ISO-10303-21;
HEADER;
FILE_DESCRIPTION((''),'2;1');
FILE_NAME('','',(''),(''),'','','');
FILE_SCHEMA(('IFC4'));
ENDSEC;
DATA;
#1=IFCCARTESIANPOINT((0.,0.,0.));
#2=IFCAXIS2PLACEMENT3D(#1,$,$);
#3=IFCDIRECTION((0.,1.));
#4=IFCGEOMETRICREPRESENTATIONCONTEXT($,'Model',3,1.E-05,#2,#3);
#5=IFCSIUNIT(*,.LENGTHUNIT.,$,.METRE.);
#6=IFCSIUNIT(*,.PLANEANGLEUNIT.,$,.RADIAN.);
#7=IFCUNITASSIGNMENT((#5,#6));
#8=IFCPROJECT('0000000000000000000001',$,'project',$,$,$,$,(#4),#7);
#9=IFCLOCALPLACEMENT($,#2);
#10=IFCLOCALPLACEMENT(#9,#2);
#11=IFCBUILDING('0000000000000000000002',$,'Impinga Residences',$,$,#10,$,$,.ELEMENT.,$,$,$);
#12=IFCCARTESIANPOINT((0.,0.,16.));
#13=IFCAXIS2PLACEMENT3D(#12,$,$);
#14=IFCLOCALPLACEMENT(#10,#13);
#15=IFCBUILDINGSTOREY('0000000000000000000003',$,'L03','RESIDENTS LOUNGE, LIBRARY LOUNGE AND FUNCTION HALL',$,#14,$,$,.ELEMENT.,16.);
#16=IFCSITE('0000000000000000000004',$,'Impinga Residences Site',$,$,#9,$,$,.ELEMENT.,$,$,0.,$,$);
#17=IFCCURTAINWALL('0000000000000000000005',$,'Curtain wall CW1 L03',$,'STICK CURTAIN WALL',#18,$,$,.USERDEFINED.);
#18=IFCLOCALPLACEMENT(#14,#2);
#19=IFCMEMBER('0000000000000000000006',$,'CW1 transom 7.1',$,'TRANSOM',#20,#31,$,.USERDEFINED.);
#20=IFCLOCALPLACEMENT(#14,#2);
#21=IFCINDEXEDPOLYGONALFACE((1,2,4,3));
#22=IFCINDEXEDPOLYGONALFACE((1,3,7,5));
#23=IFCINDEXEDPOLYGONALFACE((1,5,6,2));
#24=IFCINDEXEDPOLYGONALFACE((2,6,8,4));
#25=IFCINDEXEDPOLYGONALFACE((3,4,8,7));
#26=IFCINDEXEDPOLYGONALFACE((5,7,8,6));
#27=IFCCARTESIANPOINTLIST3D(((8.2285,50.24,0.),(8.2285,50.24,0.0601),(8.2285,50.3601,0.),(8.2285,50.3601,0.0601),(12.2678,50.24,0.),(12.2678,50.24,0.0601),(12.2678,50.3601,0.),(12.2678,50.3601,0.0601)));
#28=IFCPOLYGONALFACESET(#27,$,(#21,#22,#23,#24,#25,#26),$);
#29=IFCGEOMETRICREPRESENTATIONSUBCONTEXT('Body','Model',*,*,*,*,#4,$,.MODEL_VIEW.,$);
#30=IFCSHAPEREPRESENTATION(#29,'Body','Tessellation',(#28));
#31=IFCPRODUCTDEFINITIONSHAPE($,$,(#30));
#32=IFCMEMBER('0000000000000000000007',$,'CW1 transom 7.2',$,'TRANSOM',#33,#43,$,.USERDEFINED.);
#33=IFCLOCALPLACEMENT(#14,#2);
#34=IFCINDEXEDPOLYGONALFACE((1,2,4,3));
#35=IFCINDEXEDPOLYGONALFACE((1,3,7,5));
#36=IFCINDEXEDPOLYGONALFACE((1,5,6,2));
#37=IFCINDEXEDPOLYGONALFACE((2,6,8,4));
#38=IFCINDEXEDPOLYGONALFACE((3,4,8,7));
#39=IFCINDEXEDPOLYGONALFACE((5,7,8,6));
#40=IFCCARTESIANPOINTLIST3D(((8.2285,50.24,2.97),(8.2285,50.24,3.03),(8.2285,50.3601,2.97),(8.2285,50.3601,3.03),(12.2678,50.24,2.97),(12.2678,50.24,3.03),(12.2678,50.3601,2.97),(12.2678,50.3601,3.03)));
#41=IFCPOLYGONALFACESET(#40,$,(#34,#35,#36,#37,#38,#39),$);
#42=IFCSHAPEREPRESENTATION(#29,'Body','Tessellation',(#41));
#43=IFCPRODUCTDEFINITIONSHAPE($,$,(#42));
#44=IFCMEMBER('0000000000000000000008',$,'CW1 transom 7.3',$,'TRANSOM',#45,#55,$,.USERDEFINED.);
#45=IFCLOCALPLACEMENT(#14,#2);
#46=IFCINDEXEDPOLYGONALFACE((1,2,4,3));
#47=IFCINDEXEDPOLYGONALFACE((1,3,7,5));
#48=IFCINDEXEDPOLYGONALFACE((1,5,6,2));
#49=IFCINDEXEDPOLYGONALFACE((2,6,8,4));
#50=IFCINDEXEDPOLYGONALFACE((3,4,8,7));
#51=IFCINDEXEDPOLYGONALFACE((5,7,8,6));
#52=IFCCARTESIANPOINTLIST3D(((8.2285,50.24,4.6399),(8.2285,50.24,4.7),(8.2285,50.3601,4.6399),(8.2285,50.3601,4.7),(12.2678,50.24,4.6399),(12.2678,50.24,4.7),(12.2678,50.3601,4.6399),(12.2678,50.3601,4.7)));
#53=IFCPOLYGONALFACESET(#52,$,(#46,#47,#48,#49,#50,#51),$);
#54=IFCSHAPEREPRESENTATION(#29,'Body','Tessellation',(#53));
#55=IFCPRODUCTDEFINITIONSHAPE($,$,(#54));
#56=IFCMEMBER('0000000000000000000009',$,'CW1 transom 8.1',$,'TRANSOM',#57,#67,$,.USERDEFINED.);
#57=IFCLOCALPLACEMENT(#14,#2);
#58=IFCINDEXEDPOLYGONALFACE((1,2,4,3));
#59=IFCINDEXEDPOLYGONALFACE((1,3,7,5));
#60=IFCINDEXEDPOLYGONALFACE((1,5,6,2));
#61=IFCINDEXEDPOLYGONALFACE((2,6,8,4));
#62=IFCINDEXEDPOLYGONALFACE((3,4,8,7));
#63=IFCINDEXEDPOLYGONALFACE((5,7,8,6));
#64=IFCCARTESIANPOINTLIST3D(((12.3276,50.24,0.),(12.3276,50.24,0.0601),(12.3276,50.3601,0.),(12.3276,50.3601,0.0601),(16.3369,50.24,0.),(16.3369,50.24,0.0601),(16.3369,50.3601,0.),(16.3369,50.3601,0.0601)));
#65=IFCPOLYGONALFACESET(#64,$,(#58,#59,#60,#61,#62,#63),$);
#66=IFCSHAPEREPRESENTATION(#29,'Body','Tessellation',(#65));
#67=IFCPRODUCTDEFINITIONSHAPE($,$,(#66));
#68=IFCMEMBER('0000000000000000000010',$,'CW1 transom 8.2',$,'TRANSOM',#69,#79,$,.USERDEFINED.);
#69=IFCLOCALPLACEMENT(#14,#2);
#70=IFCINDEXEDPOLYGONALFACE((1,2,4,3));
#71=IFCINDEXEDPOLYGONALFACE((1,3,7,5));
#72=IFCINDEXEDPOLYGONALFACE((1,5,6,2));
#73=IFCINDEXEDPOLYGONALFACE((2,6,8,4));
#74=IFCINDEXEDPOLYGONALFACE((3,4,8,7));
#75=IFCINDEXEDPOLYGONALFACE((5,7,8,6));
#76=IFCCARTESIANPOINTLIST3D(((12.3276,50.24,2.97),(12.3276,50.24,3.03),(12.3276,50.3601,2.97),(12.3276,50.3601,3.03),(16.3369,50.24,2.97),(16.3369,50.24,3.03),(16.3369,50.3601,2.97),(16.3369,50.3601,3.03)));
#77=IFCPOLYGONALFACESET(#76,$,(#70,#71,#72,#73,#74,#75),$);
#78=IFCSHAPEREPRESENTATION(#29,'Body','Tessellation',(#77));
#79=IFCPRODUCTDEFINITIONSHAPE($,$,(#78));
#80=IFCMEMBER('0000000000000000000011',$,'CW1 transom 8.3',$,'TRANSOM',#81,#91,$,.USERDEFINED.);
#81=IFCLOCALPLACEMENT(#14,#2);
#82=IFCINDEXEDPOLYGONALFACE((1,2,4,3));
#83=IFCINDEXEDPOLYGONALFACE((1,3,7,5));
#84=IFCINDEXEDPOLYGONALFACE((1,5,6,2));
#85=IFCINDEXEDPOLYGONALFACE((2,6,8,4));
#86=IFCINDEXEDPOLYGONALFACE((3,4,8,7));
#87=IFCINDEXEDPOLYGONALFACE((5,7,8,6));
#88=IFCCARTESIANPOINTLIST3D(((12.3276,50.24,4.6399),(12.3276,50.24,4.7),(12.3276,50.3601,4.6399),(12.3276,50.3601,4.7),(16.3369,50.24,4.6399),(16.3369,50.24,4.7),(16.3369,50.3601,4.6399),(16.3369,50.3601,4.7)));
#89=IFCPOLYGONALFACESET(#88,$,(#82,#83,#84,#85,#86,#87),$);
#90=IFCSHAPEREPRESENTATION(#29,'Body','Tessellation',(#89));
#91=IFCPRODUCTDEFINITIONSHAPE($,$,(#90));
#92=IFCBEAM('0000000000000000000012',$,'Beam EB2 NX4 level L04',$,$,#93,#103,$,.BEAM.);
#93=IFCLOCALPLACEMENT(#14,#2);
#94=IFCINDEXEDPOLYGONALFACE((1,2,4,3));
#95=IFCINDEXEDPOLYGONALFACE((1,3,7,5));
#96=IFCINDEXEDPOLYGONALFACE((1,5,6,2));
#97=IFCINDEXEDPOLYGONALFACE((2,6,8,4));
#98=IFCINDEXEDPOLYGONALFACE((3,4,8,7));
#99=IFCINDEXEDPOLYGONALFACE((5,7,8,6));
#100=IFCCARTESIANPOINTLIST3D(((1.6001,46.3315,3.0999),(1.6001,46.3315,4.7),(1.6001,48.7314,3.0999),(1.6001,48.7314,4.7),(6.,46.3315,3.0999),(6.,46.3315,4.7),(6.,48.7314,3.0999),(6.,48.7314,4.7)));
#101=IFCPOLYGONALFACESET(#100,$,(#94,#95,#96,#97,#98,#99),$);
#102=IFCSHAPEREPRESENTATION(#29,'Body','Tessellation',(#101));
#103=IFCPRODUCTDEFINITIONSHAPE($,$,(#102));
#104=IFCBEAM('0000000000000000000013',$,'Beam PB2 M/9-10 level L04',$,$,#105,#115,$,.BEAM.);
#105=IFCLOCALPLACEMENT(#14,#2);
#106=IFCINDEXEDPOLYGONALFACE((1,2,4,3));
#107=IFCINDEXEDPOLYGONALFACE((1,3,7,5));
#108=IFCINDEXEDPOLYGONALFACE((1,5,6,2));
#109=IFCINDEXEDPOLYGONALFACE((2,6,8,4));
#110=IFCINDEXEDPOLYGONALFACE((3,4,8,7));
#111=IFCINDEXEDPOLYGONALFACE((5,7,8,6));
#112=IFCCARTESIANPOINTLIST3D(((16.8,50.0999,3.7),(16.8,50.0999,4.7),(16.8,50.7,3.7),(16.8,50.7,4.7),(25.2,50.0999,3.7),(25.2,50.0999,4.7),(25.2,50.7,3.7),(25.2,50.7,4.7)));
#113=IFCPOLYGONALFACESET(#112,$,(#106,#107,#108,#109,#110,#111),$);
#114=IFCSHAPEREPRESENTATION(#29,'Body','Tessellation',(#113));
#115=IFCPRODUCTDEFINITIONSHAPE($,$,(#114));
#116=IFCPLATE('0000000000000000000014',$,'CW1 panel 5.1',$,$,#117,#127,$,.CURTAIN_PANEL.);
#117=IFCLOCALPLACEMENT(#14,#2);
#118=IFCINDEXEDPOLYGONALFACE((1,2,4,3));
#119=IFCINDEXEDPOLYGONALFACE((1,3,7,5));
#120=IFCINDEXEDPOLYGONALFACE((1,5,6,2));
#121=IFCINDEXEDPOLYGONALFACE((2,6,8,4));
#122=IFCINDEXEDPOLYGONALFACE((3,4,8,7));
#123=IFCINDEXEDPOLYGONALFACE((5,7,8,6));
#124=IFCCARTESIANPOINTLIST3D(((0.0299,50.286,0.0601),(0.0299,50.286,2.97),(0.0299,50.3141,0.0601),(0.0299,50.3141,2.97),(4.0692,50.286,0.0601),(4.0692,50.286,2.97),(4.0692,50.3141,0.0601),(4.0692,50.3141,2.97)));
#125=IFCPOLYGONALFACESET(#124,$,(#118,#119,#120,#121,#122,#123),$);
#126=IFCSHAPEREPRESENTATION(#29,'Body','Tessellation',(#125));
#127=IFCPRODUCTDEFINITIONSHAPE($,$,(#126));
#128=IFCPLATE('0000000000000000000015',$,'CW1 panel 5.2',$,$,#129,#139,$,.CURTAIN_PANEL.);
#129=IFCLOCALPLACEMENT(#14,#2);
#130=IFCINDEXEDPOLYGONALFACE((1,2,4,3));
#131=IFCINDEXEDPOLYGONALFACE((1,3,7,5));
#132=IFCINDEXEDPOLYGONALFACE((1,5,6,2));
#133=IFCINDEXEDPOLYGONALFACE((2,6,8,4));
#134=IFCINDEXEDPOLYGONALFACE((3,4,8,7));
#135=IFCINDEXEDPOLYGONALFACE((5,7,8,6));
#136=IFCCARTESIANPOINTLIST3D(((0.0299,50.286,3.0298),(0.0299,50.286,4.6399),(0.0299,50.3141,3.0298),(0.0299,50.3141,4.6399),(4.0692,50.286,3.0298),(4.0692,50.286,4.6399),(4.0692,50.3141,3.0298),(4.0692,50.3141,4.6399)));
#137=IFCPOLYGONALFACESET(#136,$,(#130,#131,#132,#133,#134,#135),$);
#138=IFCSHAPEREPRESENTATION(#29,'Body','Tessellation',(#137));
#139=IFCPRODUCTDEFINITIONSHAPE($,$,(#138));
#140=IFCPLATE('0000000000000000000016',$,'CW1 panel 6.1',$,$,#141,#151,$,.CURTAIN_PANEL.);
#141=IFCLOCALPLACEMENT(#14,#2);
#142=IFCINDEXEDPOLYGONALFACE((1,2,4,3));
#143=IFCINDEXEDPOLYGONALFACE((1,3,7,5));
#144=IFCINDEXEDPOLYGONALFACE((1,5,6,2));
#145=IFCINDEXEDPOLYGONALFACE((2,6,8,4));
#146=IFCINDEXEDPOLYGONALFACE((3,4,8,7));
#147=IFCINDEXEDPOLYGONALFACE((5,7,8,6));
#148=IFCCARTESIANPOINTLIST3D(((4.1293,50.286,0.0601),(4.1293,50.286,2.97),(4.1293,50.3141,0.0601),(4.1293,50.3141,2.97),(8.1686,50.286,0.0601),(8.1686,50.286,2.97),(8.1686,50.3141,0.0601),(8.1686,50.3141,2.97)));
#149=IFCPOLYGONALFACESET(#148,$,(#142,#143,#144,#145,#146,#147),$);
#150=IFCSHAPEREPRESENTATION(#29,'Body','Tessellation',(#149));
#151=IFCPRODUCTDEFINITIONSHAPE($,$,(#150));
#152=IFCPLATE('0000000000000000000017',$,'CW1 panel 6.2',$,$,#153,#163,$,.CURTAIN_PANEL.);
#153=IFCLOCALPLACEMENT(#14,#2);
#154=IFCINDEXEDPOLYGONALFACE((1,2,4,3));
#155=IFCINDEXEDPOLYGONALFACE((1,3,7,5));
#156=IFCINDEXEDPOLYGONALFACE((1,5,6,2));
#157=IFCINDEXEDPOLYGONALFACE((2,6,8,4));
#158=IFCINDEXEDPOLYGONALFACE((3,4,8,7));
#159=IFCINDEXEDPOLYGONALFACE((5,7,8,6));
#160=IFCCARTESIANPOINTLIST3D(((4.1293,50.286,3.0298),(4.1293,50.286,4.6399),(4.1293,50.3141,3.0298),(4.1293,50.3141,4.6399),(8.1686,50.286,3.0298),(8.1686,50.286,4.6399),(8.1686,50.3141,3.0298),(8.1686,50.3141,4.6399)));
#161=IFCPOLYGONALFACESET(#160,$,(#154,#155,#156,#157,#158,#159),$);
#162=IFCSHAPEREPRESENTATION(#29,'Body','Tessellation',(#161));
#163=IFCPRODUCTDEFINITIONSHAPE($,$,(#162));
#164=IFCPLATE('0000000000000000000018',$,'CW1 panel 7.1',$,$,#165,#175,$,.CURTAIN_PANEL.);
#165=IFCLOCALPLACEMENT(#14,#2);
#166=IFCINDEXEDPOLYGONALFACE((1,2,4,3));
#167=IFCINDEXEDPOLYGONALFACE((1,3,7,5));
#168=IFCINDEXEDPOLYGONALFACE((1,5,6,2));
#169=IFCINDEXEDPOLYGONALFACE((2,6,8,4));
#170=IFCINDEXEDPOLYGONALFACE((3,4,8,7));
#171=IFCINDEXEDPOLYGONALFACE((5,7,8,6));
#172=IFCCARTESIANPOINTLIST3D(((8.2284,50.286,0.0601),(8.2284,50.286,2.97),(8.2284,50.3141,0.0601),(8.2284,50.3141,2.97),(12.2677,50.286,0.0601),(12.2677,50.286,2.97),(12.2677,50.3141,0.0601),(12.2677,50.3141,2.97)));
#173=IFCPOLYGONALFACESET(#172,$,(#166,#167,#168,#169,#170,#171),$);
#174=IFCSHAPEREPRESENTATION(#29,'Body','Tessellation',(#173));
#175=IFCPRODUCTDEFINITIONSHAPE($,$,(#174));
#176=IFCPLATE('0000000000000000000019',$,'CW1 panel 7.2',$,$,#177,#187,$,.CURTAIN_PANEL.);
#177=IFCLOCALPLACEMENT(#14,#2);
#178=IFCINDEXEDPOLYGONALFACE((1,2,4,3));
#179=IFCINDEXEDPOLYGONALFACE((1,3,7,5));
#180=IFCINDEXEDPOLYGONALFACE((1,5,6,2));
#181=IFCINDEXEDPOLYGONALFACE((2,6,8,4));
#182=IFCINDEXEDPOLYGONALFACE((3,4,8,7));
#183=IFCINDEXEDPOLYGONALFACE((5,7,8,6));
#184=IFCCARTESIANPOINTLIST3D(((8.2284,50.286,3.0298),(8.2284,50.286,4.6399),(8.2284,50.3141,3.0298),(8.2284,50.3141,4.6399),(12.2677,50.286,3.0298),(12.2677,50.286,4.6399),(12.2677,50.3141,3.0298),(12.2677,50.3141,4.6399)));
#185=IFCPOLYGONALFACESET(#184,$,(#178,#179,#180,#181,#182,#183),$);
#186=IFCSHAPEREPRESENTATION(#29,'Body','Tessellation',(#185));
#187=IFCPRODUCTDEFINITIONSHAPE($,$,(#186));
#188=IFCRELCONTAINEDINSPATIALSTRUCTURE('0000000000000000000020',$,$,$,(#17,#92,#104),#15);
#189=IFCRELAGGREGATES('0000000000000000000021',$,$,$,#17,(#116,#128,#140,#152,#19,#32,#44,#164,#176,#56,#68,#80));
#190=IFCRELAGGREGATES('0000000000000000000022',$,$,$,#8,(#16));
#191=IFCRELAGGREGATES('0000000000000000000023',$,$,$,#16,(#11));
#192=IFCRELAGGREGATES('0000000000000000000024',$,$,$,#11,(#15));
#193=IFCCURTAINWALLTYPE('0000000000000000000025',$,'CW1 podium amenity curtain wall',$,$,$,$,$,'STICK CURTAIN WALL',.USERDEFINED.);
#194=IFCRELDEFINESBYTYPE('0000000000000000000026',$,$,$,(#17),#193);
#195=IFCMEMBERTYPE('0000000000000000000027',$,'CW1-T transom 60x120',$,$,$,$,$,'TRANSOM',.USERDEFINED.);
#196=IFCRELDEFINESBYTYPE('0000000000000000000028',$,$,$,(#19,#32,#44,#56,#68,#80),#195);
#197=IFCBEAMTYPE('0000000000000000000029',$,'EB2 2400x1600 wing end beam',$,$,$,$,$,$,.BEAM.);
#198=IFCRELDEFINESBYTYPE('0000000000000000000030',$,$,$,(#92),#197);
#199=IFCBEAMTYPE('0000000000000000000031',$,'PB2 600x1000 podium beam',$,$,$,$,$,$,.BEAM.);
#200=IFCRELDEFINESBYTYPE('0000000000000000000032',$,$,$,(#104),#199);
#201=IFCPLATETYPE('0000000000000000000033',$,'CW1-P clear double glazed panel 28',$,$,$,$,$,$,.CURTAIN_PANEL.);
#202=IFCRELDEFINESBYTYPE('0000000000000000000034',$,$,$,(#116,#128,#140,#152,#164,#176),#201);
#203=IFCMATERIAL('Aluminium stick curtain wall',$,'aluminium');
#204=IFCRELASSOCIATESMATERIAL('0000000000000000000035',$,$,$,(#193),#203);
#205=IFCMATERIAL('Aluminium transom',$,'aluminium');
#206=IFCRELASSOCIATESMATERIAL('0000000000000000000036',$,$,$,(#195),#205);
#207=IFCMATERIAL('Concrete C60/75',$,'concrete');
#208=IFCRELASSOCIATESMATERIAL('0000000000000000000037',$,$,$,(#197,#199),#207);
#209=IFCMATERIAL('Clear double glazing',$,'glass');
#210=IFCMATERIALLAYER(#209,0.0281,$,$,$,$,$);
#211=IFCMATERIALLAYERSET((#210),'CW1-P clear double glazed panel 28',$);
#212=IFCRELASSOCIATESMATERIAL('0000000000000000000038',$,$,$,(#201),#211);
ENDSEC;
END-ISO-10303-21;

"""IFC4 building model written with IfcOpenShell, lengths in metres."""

from ifc_helpers import new_model, si_unit, direction, frame, origin, origin_2d, place, context, subcontext, project, spatial, rectangle, extrude, material, layer, layer_set, material_profile, profile_set, type_object, element, aggregate, save


model = new_model("IFC4")

# Units and contexts
model_context = context("Model", 3, precision=1e-05, world=origin(), true_north=direction((0.0, 1.0)))
body_context = subcontext(model_context, "Body", "Model", "MODEL_VIEW")
ifc_project = project(units=[si_unit("LENGTHUNIT", "METRE"), si_unit("PLANEANGLEUNIT", "RADIAN")], contexts=[model_context])

# Site, building, storey
site_placement = place(None, origin())
site = spatial("IfcSite", under=ifc_project, at=site_placement, Name="Impinga Residences Site", CompositionType="ELEMENT", RefElevation=0.0)
building_placement = place(site_placement, origin())
building = spatial("IfcBuilding", under=site, at=building_placement, Name="Impinga Residences", CompositionType="ELEMENT")
storey_placement = place(building_placement, frame((0.0, 0.0, 16.0)))
storey = spatial("IfcBuildingStorey", under=building, at=storey_placement, Name="L03", Description="RESIDENTS LOUNGE, LIBRARY LOUNGE AND FUNCTION HALL", CompositionType="ELEMENT", Elevation=16.0)

# Shared definitions
ifc_material_1 = material(Name="Concrete C60/75", Category="concrete")

# Curtain wall, members
ifc_material_2 = material(Name="Aluminium stick curtain wall", Category="aluminium")
curtain_wall_type = type_object("IfcCurtainWallType", Name="CW1 podium amenity curtain wall", ElementType="STICK CURTAIN WALL", PredefinedType="USERDEFINED", material=ifc_material_2)
curtain_wall_placement = place(storey_placement, origin())
curtain_wall = element("IfcCurtainWall", 1, at=curtain_wall_placement, inside=storey, type_object=curtain_wall_type, Name="Curtain wall CW1 L03", ObjectType="STICK CURTAIN WALL", PredefinedType="USERDEFINED")
ifc_material_3 = material(Name="Aluminium transom", Category="aluminium")
ifc_material_profile_1 = material_profile(ifc_material_3, rectangle(XDim=0.0601, YDim=0.1201, at=origin_2d()), Name="60x120 transom")
ifc_profile_set_1 = profile_set([ifc_material_profile_1], Name="Aluminium transom")
member_type_1 = type_object("IfcMemberType", Name="CW1-T transom 60x120", ElementType="TRANSOM", PredefinedType="USERDEFINED", material=ifc_profile_set_1)
member_1_placement = place(storey_placement, frame((8.2285, 50.3, 0.03), z_axis=(1.0, 0.0, 0.0), x_axis=(0.0, 0.0, 1.0)))
member_1 = element("IfcMember", 2, at=member_1_placement, type_object=member_type_1, Name="CW1 transom 7.1", ObjectType="TRANSOM", PredefinedType="USERDEFINED", context=body_context, shape_type="SweptSolid", body=[
    extrude(rectangle(XDim=0.0601, YDim=0.1201, at=origin_2d()), origin(), (0.0, 0.0, 1.0), 4.0393),
])
member_2_placement = place(storey_placement, frame((8.2285, 50.3, 3.0), z_axis=(1.0, 0.0, 0.0), x_axis=(0.0, 0.0, 1.0)))
member_2 = element("IfcMember", 3, at=member_2_placement, type_object=member_type_1, Name="CW1 transom 7.2", ObjectType="TRANSOM", PredefinedType="USERDEFINED", context=body_context, shape_type="SweptSolid", body=[
    extrude(rectangle(XDim=0.0601, YDim=0.1201, at=origin_2d()), origin(), (0.0, 0.0, 1.0), 4.0393),
])
member_3_placement = place(storey_placement, frame((8.2285, 50.3, 4.6699), z_axis=(1.0, 0.0, 0.0), x_axis=(0.0, 0.0, 1.0)))
member_3 = element("IfcMember", 4, at=member_3_placement, type_object=member_type_1, Name="CW1 transom 7.3", ObjectType="TRANSOM", PredefinedType="USERDEFINED", context=body_context, shape_type="SweptSolid", body=[
    extrude(rectangle(XDim=0.0601, YDim=0.1201, at=origin_2d()), origin(), (0.0, 0.0, 1.0), 4.0393),
])
member_4_placement = place(storey_placement, frame((12.3276, 50.3, 0.03), z_axis=(1.0, 0.0, 0.0), x_axis=(0.0, 0.0, 1.0)))
member_4 = element("IfcMember", 5, at=member_4_placement, type_object=member_type_1, Name="CW1 transom 8.1", ObjectType="TRANSOM", PredefinedType="USERDEFINED", context=body_context, shape_type="SweptSolid", body=[
    extrude(rectangle(XDim=0.0601, YDim=0.1201, at=origin_2d()), origin(), (0.0, 0.0, 1.0), 4.0093),
])
member_5_placement = place(storey_placement, frame((12.3276, 50.3, 3.0), z_axis=(1.0, 0.0, 0.0), x_axis=(0.0, 0.0, 1.0)))
member_5 = element("IfcMember", 6, at=member_5_placement, type_object=member_type_1, Name="CW1 transom 8.2", ObjectType="TRANSOM", PredefinedType="USERDEFINED", context=body_context, shape_type="SweptSolid", body=[
    extrude(rectangle(XDim=0.0601, YDim=0.1201, at=origin_2d()), origin(), (0.0, 0.0, 1.0), 4.0093),
])
member_6_placement = place(storey_placement, frame((12.3276, 50.3, 4.6699), z_axis=(1.0, 0.0, 0.0), x_axis=(0.0, 0.0, 1.0)))
member_6 = element("IfcMember", 7, at=member_6_placement, type_object=member_type_1, Name="CW1 transom 8.3", ObjectType="TRANSOM", PredefinedType="USERDEFINED", context=body_context, shape_type="SweptSolid", body=[
    extrude(rectangle(XDim=0.0601, YDim=0.1201, at=origin_2d()), origin(), (0.0, 0.0, 1.0), 4.0093),
])

# Beams
ifc_material_profile_2 = material_profile(ifc_material_1, rectangle(XDim=2.3999, YDim=1.6001, at=origin_2d()), Name="RC 2400x1600")
ifc_profile_set_2 = profile_set([ifc_material_profile_2], Name="Concrete C60/75")
beam_type_1 = type_object("IfcBeamType", Name="EB2 2400x1600 wing end beam", PredefinedType="BEAM", material=ifc_profile_set_2)
beam_1_placement = place(storey_placement, frame((1.6001, 47.5315, 3.8999), z_axis=(1.0, 0.0, 0.0), x_axis=(0.0, 1.0, 0.0)))
element("IfcBeam", 8, at=beam_1_placement, inside=storey, type_object=beam_type_1, Name="Beam EB2 NX4 level L04", PredefinedType="BEAM", context=body_context, shape_type="SweptSolid", body=[
    extrude(rectangle(XDim=2.3999, YDim=1.6001, at=origin_2d()), origin(), (0.0, 0.0, 1.0), 4.3999),
])
ifc_material_profile_3 = material_profile(ifc_material_1, rectangle(XDim=0.6001, YDim=1.0, at=origin_2d()), Name="RC 600x1000")
ifc_profile_set_3 = profile_set([ifc_material_profile_3], Name="Concrete C60/75")
beam_type_2 = type_object("IfcBeamType", Name="PB2 600x1000 podium beam", PredefinedType="BEAM", material=ifc_profile_set_3)
beam_2_placement = place(storey_placement, frame((16.8, 50.3999, 4.2), z_axis=(1.0, 0.0, 0.0), x_axis=(0.0, 1.0, 0.0)))
element("IfcBeam", 9, at=beam_2_placement, inside=storey, type_object=beam_type_2, Name="Beam PB2 M/9-10 level L04", PredefinedType="BEAM", context=body_context, shape_type="SweptSolid", body=[
    extrude(rectangle(XDim=0.6001, YDim=1.0, at=origin_2d()), origin(), (0.0, 0.0, 1.0), 8.3999),
])

# Plates
ifc_material_4 = material(Name="Clear double glazing", Category="glass")
ifc_layer_1 = layer(ifc_material_4, 0.0281)
ifc_layer_set_1 = layer_set([ifc_layer_1], Name="CW1-P clear double glazed panel 28")
plate_type = type_object("IfcPlateType", Name="CW1-P clear double glazed panel 28", PredefinedType="CURTAIN_PANEL", material=ifc_layer_set_1)
plate_1_placement = place(storey_placement, frame((2.0496, 50.3, 0.0601), z_axis=(0.0, 0.0, 1.0), x_axis=(1.0, 0.0, 0.0)))
plate_1 = element("IfcPlate", 10, at=plate_1_placement, type_object=plate_type, Name="CW1 panel 5.1", PredefinedType="CURTAIN_PANEL", context=body_context, shape_type="SweptSolid", body=[
    extrude(rectangle(XDim=4.0393, YDim=0.0281, at=origin_2d()), origin(), (0.0, 0.0, 1.0), 2.9099),
])
plate_2_placement = place(storey_placement, frame((2.0496, 50.3, 3.0298), z_axis=(0.0, 0.0, 1.0), x_axis=(1.0, 0.0, 0.0)))
plate_2 = element("IfcPlate", 11, at=plate_2_placement, type_object=plate_type, Name="CW1 panel 5.2", PredefinedType="CURTAIN_PANEL", context=body_context, shape_type="SweptSolid", body=[
    extrude(rectangle(XDim=4.0393, YDim=0.0281, at=origin_2d()), origin(), (0.0, 0.0, 1.0), 1.6101),
])
plate_3_placement = place(storey_placement, frame((6.1489, 50.3, 0.0601), z_axis=(0.0, 0.0, 1.0), x_axis=(1.0, 0.0, 0.0)))
plate_3 = element("IfcPlate", 12, at=plate_3_placement, type_object=plate_type, Name="CW1 panel 6.1", PredefinedType="CURTAIN_PANEL", context=body_context, shape_type="SweptSolid", body=[
    extrude(rectangle(XDim=4.0393, YDim=0.0281, at=origin_2d()), origin(), (0.0, 0.0, 1.0), 2.9099),
])
plate_4_placement = place(storey_placement, frame((6.1489, 50.3, 3.0298), z_axis=(0.0, 0.0, 1.0), x_axis=(1.0, 0.0, 0.0)))
plate_4 = element("IfcPlate", 13, at=plate_4_placement, type_object=plate_type, Name="CW1 panel 6.2", PredefinedType="CURTAIN_PANEL", context=body_context, shape_type="SweptSolid", body=[
    extrude(rectangle(XDim=4.0393, YDim=0.0281, at=origin_2d()), origin(), (0.0, 0.0, 1.0), 1.6101),
])
plate_5_placement = place(storey_placement, frame((10.248, 50.3, 0.0601), z_axis=(0.0, 0.0, 1.0), x_axis=(1.0, 0.0, 0.0)))
plate_5 = element("IfcPlate", 14, at=plate_5_placement, type_object=plate_type, Name="CW1 panel 7.1", PredefinedType="CURTAIN_PANEL", context=body_context, shape_type="SweptSolid", body=[
    extrude(rectangle(XDim=4.0393, YDim=0.0281, at=origin_2d()), origin(), (0.0, 0.0, 1.0), 2.9099),
])
plate_6_placement = place(storey_placement, frame((10.248, 50.3, 3.0298), z_axis=(0.0, 0.0, 1.0), x_axis=(1.0, 0.0, 0.0)))
plate_6 = element("IfcPlate", 15, at=plate_6_placement, type_object=plate_type, Name="CW1 panel 7.2", PredefinedType="CURTAIN_PANEL", context=body_context, shape_type="SweptSolid", body=[
    extrude(rectangle(XDim=4.0393, YDim=0.0281, at=origin_2d()), origin(), (0.0, 0.0, 1.0), 1.6101),
])
aggregate(curtain_wall, [plate_1, plate_2, plate_3, plate_4, member_1, member_2, member_3, plate_5, plate_6, member_4, member_5, member_6])

save(model, "model.ifc")
